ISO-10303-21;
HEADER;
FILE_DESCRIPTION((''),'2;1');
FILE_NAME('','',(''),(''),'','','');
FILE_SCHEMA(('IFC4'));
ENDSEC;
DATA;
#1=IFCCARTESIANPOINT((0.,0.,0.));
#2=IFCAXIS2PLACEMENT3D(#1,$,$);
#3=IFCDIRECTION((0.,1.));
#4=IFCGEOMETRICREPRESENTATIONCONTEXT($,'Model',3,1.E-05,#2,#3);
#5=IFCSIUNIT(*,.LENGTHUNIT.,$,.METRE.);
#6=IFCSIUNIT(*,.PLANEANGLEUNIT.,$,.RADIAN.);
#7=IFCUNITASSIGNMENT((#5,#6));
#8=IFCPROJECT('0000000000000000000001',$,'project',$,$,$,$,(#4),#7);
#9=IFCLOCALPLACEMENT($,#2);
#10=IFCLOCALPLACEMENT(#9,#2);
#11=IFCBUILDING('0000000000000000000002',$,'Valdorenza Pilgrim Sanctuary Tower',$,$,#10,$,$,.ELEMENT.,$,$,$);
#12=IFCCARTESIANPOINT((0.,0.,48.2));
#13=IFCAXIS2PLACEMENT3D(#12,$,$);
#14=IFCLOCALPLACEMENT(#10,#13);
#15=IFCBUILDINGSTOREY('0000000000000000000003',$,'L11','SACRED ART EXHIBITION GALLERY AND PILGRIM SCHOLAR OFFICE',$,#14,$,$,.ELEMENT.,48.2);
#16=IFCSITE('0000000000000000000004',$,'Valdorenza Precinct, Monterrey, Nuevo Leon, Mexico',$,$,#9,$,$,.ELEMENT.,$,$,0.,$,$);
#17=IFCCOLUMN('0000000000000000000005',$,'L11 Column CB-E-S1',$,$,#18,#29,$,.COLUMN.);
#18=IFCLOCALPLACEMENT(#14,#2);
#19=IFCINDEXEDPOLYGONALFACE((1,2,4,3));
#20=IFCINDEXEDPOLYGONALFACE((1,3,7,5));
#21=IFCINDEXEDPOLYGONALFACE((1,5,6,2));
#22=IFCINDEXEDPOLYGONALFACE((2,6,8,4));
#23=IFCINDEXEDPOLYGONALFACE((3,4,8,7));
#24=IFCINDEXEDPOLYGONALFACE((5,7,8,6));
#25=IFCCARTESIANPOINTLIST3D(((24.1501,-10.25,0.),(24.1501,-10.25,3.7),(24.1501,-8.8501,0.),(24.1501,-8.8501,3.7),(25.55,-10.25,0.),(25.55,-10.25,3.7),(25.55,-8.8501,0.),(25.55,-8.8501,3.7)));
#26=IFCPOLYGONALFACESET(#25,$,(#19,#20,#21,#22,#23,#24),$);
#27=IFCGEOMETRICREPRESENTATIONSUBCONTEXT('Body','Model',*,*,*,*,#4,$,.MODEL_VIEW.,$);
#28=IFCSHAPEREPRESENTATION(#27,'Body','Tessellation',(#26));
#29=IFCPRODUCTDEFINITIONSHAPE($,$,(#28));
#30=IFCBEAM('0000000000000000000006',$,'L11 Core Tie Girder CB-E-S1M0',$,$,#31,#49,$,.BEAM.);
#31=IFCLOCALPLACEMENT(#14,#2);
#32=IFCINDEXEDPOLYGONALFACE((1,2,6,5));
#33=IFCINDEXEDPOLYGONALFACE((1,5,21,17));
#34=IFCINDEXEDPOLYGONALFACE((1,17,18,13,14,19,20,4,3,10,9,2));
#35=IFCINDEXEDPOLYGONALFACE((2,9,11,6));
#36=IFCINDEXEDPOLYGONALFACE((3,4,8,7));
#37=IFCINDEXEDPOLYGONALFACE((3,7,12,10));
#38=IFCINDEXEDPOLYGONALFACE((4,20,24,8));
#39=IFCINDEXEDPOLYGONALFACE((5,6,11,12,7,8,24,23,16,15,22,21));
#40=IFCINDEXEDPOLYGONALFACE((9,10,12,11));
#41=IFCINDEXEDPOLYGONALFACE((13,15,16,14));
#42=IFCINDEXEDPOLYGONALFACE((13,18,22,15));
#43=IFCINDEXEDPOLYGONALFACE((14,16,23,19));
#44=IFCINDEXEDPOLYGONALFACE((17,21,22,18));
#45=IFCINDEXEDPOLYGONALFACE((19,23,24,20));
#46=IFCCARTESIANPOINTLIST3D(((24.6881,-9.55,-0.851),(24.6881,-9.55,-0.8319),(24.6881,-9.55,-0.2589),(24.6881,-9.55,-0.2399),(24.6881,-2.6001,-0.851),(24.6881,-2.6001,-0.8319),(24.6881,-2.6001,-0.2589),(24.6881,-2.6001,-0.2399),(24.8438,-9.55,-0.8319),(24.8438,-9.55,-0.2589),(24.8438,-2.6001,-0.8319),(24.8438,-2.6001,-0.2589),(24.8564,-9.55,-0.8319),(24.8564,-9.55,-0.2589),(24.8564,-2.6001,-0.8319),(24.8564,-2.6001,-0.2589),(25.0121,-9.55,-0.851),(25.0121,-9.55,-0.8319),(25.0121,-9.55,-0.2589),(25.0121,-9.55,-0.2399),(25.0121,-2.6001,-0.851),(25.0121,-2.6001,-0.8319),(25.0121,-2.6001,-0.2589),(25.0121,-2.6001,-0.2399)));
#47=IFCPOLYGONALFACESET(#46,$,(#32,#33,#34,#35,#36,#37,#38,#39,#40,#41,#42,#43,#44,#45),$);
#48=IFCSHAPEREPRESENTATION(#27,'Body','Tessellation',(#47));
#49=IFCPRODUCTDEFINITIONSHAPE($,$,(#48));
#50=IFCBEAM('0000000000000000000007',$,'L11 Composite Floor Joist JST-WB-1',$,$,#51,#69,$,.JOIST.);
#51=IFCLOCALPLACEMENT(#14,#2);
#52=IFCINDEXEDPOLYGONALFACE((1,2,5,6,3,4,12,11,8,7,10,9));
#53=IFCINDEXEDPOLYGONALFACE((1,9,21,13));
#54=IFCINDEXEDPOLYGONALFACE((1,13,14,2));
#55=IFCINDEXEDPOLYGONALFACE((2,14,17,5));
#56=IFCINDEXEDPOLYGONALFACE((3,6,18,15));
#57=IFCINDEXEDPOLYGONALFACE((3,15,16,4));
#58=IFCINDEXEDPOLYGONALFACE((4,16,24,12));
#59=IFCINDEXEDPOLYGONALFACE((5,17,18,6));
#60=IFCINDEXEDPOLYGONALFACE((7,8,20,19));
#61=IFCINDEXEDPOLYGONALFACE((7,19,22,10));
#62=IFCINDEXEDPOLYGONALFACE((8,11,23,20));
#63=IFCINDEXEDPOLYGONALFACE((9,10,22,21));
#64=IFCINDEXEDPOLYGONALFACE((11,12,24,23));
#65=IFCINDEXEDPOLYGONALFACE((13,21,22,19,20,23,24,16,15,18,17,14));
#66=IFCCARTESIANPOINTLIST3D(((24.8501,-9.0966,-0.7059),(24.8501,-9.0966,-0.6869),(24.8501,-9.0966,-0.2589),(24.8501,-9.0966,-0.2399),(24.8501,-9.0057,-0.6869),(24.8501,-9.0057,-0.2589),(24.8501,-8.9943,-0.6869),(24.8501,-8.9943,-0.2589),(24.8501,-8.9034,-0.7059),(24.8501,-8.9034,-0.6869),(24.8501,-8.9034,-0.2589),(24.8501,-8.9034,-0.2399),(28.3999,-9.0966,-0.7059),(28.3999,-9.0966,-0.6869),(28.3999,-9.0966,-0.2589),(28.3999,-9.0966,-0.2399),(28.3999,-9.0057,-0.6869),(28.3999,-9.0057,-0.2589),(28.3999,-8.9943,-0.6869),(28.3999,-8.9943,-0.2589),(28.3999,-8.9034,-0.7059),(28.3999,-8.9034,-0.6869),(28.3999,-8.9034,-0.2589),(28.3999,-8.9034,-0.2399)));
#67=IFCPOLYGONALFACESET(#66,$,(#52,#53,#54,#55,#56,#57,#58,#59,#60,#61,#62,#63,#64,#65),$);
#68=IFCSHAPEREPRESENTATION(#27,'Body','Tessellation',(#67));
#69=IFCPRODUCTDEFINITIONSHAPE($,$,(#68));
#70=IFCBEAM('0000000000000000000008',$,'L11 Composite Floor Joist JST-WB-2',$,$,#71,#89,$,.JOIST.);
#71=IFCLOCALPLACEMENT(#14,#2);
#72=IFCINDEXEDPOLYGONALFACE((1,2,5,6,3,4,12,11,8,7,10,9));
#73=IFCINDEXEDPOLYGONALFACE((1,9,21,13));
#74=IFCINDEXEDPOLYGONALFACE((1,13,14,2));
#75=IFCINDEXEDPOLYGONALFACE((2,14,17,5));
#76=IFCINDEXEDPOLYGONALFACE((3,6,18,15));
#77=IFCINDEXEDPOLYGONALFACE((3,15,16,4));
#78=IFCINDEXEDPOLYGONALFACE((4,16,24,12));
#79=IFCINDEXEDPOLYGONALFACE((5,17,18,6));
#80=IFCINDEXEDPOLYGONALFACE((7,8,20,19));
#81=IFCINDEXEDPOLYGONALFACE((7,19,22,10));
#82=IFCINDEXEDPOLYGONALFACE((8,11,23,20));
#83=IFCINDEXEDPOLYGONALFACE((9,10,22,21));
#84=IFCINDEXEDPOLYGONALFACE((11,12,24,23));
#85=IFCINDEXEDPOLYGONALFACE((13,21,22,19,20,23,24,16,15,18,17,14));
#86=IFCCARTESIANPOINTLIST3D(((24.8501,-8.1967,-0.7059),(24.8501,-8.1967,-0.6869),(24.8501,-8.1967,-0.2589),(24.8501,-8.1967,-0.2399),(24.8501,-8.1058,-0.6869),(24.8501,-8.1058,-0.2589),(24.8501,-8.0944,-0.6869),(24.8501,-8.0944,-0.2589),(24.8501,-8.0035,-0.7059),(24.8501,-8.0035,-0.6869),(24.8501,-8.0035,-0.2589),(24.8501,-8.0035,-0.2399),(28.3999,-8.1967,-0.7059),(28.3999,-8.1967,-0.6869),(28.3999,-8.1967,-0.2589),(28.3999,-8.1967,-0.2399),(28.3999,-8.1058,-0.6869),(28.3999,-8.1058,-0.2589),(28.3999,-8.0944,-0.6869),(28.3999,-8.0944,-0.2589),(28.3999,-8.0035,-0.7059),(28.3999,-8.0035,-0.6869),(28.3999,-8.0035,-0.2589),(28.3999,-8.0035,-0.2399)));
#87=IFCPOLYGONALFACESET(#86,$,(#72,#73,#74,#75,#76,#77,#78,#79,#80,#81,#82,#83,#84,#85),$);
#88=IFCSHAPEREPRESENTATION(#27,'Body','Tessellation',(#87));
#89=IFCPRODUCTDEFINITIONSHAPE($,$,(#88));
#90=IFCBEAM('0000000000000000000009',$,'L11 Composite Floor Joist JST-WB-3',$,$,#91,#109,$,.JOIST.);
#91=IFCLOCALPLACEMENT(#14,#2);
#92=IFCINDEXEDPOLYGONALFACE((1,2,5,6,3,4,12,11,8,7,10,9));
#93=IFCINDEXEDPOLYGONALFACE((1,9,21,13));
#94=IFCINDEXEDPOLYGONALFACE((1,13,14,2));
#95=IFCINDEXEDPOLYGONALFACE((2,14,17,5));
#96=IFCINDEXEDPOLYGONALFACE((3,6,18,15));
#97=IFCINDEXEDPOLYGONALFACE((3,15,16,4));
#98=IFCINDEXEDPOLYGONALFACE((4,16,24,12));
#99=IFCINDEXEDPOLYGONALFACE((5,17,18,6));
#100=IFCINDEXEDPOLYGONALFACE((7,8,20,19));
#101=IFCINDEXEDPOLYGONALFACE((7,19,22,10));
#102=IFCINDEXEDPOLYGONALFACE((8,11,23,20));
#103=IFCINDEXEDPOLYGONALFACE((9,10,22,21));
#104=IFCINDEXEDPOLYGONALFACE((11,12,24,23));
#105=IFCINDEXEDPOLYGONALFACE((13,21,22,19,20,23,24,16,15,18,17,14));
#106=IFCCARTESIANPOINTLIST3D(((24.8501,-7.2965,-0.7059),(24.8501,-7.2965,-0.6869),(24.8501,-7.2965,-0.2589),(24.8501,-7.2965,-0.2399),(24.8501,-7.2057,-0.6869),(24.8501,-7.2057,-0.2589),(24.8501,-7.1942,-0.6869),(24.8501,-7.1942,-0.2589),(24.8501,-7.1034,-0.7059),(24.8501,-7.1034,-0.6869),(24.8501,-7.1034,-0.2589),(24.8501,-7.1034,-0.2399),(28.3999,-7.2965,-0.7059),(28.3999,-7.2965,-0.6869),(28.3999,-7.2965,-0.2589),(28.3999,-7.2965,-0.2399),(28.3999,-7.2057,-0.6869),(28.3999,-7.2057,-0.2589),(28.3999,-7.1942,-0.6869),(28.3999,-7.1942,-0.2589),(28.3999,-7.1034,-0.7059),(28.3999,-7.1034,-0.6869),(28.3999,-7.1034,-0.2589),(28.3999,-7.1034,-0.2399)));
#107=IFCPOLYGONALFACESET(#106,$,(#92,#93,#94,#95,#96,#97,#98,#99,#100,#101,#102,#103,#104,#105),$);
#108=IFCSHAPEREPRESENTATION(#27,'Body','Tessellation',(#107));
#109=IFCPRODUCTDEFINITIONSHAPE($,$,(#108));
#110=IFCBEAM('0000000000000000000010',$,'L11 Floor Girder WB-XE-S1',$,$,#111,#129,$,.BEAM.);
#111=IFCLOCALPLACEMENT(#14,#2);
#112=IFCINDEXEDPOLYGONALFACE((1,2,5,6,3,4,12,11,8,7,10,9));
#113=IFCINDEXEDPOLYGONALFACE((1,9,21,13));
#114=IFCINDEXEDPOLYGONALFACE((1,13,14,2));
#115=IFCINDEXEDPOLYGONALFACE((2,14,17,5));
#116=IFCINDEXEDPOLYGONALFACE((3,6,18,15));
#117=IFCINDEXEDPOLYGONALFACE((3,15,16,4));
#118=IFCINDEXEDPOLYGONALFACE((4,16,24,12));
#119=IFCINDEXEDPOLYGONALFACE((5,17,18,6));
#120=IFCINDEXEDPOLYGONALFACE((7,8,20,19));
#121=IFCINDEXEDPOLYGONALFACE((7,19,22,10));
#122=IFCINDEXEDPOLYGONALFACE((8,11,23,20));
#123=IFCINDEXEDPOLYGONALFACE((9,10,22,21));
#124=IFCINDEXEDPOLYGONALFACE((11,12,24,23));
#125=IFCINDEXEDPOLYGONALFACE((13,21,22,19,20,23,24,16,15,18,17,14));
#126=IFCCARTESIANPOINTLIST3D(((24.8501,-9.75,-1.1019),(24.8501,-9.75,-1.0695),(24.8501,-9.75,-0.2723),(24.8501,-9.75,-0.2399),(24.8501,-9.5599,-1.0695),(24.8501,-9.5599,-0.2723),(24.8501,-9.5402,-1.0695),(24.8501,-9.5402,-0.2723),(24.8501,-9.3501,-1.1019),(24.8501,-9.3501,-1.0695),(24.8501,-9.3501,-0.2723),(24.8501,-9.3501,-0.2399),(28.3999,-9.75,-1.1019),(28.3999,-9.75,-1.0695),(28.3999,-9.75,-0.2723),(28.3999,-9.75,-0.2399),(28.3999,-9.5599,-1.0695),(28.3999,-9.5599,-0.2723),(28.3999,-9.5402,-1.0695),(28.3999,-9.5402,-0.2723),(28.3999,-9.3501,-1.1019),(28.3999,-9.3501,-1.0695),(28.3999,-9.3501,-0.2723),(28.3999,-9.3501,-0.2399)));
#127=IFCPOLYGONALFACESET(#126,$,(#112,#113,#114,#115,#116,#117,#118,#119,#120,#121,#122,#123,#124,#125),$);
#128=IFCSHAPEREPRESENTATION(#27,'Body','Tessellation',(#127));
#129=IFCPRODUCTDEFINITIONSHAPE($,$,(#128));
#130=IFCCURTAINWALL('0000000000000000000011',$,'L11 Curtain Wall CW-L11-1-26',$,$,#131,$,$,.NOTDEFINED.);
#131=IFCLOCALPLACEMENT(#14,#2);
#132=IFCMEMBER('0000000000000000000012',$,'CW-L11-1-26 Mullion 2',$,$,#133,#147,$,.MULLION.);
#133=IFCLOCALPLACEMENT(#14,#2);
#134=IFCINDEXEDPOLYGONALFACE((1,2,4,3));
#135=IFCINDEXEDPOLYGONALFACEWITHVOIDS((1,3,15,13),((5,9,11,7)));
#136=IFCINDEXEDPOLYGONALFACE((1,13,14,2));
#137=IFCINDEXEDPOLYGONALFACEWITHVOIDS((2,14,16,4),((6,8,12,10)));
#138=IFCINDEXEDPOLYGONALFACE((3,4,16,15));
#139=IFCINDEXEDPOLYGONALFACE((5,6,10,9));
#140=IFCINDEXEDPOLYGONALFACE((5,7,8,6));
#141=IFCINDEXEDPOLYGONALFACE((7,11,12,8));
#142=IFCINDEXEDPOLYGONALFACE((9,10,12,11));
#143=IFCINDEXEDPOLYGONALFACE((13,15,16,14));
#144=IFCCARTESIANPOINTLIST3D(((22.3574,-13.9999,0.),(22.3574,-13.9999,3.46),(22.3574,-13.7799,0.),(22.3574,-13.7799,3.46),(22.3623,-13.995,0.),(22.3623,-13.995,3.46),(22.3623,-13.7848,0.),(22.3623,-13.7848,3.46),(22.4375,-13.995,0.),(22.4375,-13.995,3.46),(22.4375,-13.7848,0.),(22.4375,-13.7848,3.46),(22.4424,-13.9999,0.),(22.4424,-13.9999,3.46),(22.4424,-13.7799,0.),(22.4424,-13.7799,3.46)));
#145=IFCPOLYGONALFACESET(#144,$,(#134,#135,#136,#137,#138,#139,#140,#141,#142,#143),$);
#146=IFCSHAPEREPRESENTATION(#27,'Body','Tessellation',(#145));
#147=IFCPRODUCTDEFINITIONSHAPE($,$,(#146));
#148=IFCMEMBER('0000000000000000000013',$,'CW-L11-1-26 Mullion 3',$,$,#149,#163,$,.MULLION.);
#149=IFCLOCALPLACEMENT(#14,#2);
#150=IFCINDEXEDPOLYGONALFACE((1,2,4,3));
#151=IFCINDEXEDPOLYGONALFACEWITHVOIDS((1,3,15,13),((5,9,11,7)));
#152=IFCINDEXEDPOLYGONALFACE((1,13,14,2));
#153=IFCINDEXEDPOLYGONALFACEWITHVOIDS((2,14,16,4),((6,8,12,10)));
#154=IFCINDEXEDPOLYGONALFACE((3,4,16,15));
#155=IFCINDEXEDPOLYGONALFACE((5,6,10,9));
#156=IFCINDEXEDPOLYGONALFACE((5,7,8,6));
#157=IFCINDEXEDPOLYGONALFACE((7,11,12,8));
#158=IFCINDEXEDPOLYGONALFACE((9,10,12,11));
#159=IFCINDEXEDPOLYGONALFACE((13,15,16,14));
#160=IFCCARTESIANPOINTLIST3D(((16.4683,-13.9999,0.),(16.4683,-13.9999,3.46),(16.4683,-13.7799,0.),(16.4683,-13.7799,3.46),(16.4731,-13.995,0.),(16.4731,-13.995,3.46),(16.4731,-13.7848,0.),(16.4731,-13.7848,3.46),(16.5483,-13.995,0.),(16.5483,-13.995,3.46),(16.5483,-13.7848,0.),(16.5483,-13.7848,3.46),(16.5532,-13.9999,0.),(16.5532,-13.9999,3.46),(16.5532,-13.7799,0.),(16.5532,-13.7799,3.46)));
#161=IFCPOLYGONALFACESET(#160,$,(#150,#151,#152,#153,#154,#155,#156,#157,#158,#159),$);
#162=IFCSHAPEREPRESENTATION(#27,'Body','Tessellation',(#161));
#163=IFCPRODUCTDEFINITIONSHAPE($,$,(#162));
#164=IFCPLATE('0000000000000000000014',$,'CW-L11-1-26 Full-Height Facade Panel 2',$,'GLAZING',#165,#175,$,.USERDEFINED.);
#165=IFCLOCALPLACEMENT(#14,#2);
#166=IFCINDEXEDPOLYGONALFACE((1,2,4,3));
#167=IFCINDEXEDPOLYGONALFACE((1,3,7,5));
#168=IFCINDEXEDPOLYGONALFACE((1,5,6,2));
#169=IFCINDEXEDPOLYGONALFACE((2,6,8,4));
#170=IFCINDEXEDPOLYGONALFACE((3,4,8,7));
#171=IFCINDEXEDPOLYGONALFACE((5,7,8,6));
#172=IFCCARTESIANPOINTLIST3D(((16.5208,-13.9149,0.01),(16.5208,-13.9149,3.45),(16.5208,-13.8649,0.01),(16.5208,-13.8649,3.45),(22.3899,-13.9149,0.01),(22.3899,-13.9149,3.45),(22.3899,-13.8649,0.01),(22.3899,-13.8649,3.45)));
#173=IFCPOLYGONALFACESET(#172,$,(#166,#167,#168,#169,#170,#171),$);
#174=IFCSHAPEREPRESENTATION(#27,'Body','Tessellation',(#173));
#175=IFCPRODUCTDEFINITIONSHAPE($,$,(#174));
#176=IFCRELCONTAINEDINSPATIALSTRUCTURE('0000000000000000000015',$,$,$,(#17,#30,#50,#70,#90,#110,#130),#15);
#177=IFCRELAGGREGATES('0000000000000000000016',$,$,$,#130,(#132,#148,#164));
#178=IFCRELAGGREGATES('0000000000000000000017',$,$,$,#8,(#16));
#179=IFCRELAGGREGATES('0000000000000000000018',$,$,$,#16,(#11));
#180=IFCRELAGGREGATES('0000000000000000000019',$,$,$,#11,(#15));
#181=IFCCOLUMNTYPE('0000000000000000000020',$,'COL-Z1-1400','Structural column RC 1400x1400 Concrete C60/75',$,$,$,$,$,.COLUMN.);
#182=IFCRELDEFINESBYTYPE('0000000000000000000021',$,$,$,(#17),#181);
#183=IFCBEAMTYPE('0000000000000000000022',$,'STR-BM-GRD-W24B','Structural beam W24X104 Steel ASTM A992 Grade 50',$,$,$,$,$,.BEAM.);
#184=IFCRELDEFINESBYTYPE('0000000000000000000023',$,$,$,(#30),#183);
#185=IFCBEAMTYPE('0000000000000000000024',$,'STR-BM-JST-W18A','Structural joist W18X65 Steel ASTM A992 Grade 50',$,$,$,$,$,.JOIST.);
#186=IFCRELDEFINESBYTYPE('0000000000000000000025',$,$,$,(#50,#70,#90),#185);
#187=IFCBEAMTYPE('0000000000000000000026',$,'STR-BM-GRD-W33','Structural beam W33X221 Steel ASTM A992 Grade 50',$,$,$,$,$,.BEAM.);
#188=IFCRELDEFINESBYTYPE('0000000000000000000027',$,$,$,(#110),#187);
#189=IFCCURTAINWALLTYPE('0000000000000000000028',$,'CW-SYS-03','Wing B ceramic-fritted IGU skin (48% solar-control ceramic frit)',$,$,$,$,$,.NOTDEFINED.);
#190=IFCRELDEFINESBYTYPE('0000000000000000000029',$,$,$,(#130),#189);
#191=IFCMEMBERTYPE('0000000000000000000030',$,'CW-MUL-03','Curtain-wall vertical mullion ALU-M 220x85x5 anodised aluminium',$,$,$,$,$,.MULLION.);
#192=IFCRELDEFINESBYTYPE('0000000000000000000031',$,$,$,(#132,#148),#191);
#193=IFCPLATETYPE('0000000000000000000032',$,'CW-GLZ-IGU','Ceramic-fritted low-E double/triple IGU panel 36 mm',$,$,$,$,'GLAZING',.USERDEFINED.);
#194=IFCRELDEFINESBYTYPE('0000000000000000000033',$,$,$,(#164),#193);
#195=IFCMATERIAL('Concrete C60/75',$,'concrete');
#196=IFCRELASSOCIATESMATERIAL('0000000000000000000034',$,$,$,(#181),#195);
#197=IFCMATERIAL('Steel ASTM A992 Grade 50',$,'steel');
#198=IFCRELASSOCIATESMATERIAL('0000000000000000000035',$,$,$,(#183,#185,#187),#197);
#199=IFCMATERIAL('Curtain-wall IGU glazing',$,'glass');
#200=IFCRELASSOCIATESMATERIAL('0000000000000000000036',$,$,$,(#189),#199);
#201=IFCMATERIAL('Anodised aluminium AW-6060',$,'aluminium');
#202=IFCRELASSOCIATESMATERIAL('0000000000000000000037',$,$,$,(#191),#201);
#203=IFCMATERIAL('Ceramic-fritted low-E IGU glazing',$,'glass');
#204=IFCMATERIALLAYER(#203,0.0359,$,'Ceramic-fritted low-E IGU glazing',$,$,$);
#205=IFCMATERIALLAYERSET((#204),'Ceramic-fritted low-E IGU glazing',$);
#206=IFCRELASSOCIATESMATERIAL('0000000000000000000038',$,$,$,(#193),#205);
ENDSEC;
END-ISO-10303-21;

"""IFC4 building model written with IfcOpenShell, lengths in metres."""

from ifc_helpers import new_model, si_unit, direction, frame, origin, origin_2d, place, context, subcontext, project, spatial, rectangle, hollow_rectangle, i_section, extrude, source, transform, mapped, material, layer, layer_set, material_profile, profile_set, type_object, element, aggregate, save


model = new_model("IFC4")

# Units and contexts
model_context = context("Model", 3, precision=1e-05, world=origin(), true_north=direction((0.0, 1.0)))
body_context = subcontext(model_context, "Body", "Model", "MODEL_VIEW")
ifc_project = project(units=[si_unit("LENGTHUNIT", "METRE"), si_unit("PLANEANGLEUNIT", "RADIAN")], contexts=[model_context])

# Site, building, storey
site_placement = place(None, origin())
site = spatial("IfcSite", under=ifc_project, at=site_placement, Name="Valdorenza Precinct, Monterrey, Nuevo Leon, Mexico", CompositionType="ELEMENT", RefElevation=0.0)
building_placement = place(site_placement, origin())
building = spatial("IfcBuilding", under=site, at=building_placement, Name="Valdorenza Pilgrim Sanctuary Tower", CompositionType="ELEMENT")
storey_placement = place(building_placement, frame((0.0, 0.0, 48.2)))
storey = spatial("IfcBuildingStorey", under=building, at=storey_placement, Name="L11", Description="SACRED ART EXHIBITION GALLERY AND PILGRIM SCHOLAR OFFICE", CompositionType="ELEMENT", Elevation=48.2)

# Column
ifc_material_1 = material(Name="Concrete C60/75", Category="concrete")
ifc_material_profile_1 = material_profile(ifc_material_1, rectangle(XDim=1.3999, YDim=1.3999, at=origin_2d()), Name="RC 1400x1400")
ifc_profile_set_1 = profile_set([ifc_material_profile_1], Name="Concrete C60/75")
column_type = type_object("IfcColumnType", Name="COL-Z1-1400", Description="Structural column RC 1400x1400 Concrete C60/75", PredefinedType="COLUMN", material=ifc_profile_set_1)
shared_shape_1 = source(origin(), body_context, "Body", "SweptSolid", [
    extrude(rectangle(XDim=1.3999, YDim=1.3999, at=origin_2d()), origin(), (0.0, 0.0, 1.0), 3.7),
])
column_placement = place(storey_placement, frame((24.8501, -9.55, 0.0), z_axis=(0.0, 0.0, 1.0), x_axis=(1.0, 0.0, 0.0)))
element("IfcColumn", 1, at=column_placement, inside=storey, type_object=column_type, Name="L11 Column CB-E-S1", PredefinedType="COLUMN", context=body_context, shape_type="MappedRepresentation", body=[
    mapped(shared_shape_1, transform((0.0, 0.0, 0.0), x_axis=(1.0, 0.0, 0.0), y_axis=(0.0, 1.0, 0.0), z_axis=(0.0, 0.0, 1.0), scale=1.0)),
])

# Beams
ifc_material_2 = material(Name="Steel ASTM A992 Grade 50", Category="steel")
ifc_material_profile_2 = material_profile(ifc_material_2, i_section(OverallWidth=0.324, OverallDepth=0.6111, WebThickness=0.0127, FlangeThickness=0.019, at=origin_2d()), Name="W24X104")
ifc_profile_set_2 = profile_set([ifc_material_profile_2], Name="Steel ASTM A992 Grade 50")
beam_type_1 = type_object("IfcBeamType", Name="STR-BM-GRD-W24B", Description="Structural beam W24X104 Steel ASTM A992 Grade 50", PredefinedType="BEAM", material=ifc_profile_set_2)
shared_shape_2 = source(origin(), body_context, "Body", "SweptSolid", [
    extrude(i_section(OverallWidth=0.324, OverallDepth=0.6111, WebThickness=0.0127, FlangeThickness=0.019, at=origin_2d()), origin(), (0.0, 0.0, 1.0), 6.95),
])
beam_1_placement = place(storey_placement, frame((24.8501, -9.55, -0.5454), z_axis=(0.0, 1.0, 0.0), x_axis=(-1.0, 0.0, 0.0)))
element("IfcBeam", 2, at=beam_1_placement, inside=storey, type_object=beam_type_1, Name="L11 Core Tie Girder CB-E-S1M0", PredefinedType="BEAM", context=body_context, shape_type="MappedRepresentation", body=[
    mapped(shared_shape_2, transform((0.0, 0.0, 0.0), x_axis=(1.0, 0.0, 0.0), y_axis=(0.0, 1.0, 0.0), z_axis=(0.0, 0.0, 1.0), scale=1.0)),
])
ifc_material_profile_3 = material_profile(ifc_material_2, i_section(OverallWidth=0.1931, OverallDepth=0.4661, WebThickness=0.0115, FlangeThickness=0.019, at=origin_2d()), Name="W18X65")
ifc_profile_set_3 = profile_set([ifc_material_profile_3], Name="Steel ASTM A992 Grade 50")
beam_type_2 = type_object("IfcBeamType", Name="STR-BM-JST-W18A", Description="Structural joist W18X65 Steel ASTM A992 Grade 50", PredefinedType="JOIST", material=ifc_profile_set_3)
shared_shape_3 = source(origin(), body_context, "Body", "SweptSolid", [
    extrude(i_section(OverallWidth=0.1931, OverallDepth=0.4661, WebThickness=0.0115, FlangeThickness=0.019, at=origin_2d()), origin(), (0.0, 0.0, 1.0), 3.5498),
])
for number, where, z_axis, x_axis, name in (
    (3, (24.8501, -9.0, -0.4729), (1.0, 0.0, 0.0), (0.0, 1.0, 0.0), "L11 Composite Floor Joist JST-WB-1"),
    (4, (24.8501, -8.1001, -0.4729), (1.0, 0.0, 0.0), (0.0, 1.0, 0.0), "L11 Composite Floor Joist JST-WB-2"),
    (5, (24.8501, -7.2, -0.4729), (1.0, 0.0, 0.0), (0.0, 1.0, 0.0), "L11 Composite Floor Joist JST-WB-3"),
):
    element("IfcBeam", number, at=place(storey_placement, frame(where, z_axis=z_axis, x_axis=x_axis)), inside=storey, type_object=beam_type_2, Name=name, PredefinedType="JOIST", context=body_context, shape_type="MappedRepresentation", body=[
        mapped(shared_shape_3, transform((0.0, 0.0, 0.0), x_axis=(1.0, 0.0, 0.0), y_axis=(0.0, 1.0, 0.0), z_axis=(0.0, 0.0, 1.0), scale=1.0)),
    ])
ifc_material_profile_4 = material_profile(ifc_material_2, i_section(OverallWidth=0.3999, OverallDepth=0.8621, WebThickness=0.0198, FlangeThickness=0.0325, at=origin_2d()), Name="W33X221")
ifc_profile_set_4 = profile_set([ifc_material_profile_4], Name="Steel ASTM A992 Grade 50")
beam_type_3 = type_object("IfcBeamType", Name="STR-BM-GRD-W33", Description="Structural beam W33X221 Steel ASTM A992 Grade 50", PredefinedType="BEAM", material=ifc_profile_set_4)
shared_shape_4 = source(origin(), body_context, "Body", "SweptSolid", [
    extrude(i_section(OverallWidth=0.3999, OverallDepth=0.8621, WebThickness=0.0198, FlangeThickness=0.0325, at=origin_2d()), origin(), (0.0, 0.0, 1.0), 3.5498),
])
beam_2_placement = place(storey_placement, frame((24.8501, -9.55, -0.6709), z_axis=(1.0, 0.0, 0.0), x_axis=(0.0, 1.0, 0.0)))
element("IfcBeam", 6, at=beam_2_placement, inside=storey, type_object=beam_type_3, Name="L11 Floor Girder WB-XE-S1", PredefinedType="BEAM", context=body_context, shape_type="MappedRepresentation", body=[
    mapped(shared_shape_4, transform((0.0, 0.0, 0.0), x_axis=(1.0, 0.0, 0.0), y_axis=(0.0, 1.0, 0.0), z_axis=(0.0, 0.0, 1.0), scale=1.0)),
])

# Curtain wall, members, plate
ifc_material_3 = material(Name="Curtain-wall IGU glazing", Category="glass")
curtain_wall_type = type_object("IfcCurtainWallType", Name="CW-SYS-03", Description="Wing B ceramic-fritted IGU skin (48% solar-control ceramic frit)", PredefinedType="NOTDEFINED", material=ifc_material_3)
curtain_wall_placement = place(storey_placement, origin())
curtain_wall = element("IfcCurtainWall", 7, at=curtain_wall_placement, inside=storey, type_object=curtain_wall_type, Name="L11 Curtain Wall CW-L11-1-26", PredefinedType="NOTDEFINED")
ifc_material_4 = material(Name="Anodised aluminium AW-6060", Category="aluminium")
ifc_material_profile_5 = material_profile(ifc_material_4, hollow_rectangle(XDim=0.085, YDim=0.22, WallThickness=0.0049, at=origin_2d()), Name="ALU-M 220x85x5")
ifc_profile_set_5 = profile_set([ifc_material_profile_5], Name="Anodised aluminium AW-6060")
member_type = type_object("IfcMemberType", Name="CW-MUL-03", Description="Curtain-wall vertical mullion ALU-M 220x85x5 anodised aluminium", PredefinedType="MULLION", material=ifc_profile_set_5)
shared_shape_5 = source(origin(), body_context, "Body", "SweptSolid", [
    extrude(hollow_rectangle(XDim=0.085, YDim=0.22, WallThickness=0.0049, at=origin_2d()), origin(), (0.0, 0.0, 1.0), 3.46),
])
member_1_placement = place(storey_placement, frame((22.3999, -13.8899, 0.0), z_axis=(0.0, 0.0, 1.0), x_axis=(-1.0, 0.0, 0.0)))
member_1 = element("IfcMember", 8, at=member_1_placement, type_object=member_type, Name="CW-L11-1-26 Mullion 2", PredefinedType="MULLION", context=body_context, shape_type="MappedRepresentation", body=[
    mapped(shared_shape_5, transform((0.0, 0.0, 0.0), x_axis=(1.0, 0.0, 0.0), y_axis=(0.0, 1.0, 0.0), z_axis=(0.0, 0.0, 1.0), scale=1.0)),
])
member_2_placement = place(storey_placement, frame((16.5107, -13.8899, 0.0), z_axis=(0.0, 0.0, 1.0), x_axis=(-1.0, 0.0, 0.0)))
member_2 = element("IfcMember", 9, at=member_2_placement, type_object=member_type, Name="CW-L11-1-26 Mullion 3", PredefinedType="MULLION", context=body_context, shape_type="MappedRepresentation", body=[
    mapped(shared_shape_5, transform((0.0, 0.0, 0.0), x_axis=(1.0, 0.0, 0.0), y_axis=(0.0, 1.0, 0.0), z_axis=(0.0, 0.0, 1.0), scale=1.0)),
])
ifc_material_5 = material(Name="Ceramic-fritted low-E IGU glazing", Category="glass")
ifc_layer_1 = layer(ifc_material_5, 0.0359, Name="Ceramic-fritted low-E IGU glazing")
ifc_layer_set_1 = layer_set([ifc_layer_1], Name="Ceramic-fritted low-E IGU glazing")
plate_type = type_object("IfcPlateType", Name="CW-GLZ-IGU", Description="Ceramic-fritted low-E double/triple IGU panel 36 mm", ElementType="GLAZING", PredefinedType="USERDEFINED", material=ifc_layer_set_1)
shared_shape_6 = source(origin(), body_context, "Body", "SweptSolid", [
    extrude(rectangle(XDim=5.8691, YDim=0.05, at=origin_2d()), origin(), (0.0, 0.0, 1.0), 3.4399),
])
plate_placement = place(storey_placement, frame((19.4553, -13.8899, 0.01), z_axis=(0.0, 0.0, 1.0), x_axis=(-1.0, 0.0, 0.0)))
plate = element("IfcPlate", 10, at=plate_placement, type_object=plate_type, Name="CW-L11-1-26 Full-Height Facade Panel 2", ObjectType="GLAZING", PredefinedType="USERDEFINED", context=body_context, shape_type="MappedRepresentation", body=[
    mapped(shared_shape_6, transform((0.0, 0.0, 0.0), x_axis=(1.0, 0.0, 0.0), y_axis=(0.0, 1.0, 0.0), z_axis=(0.0, 0.0, 1.0), scale=1.0)),
])
aggregate(curtain_wall, [member_1, member_2, plate])

save(model, "model.ifc")
